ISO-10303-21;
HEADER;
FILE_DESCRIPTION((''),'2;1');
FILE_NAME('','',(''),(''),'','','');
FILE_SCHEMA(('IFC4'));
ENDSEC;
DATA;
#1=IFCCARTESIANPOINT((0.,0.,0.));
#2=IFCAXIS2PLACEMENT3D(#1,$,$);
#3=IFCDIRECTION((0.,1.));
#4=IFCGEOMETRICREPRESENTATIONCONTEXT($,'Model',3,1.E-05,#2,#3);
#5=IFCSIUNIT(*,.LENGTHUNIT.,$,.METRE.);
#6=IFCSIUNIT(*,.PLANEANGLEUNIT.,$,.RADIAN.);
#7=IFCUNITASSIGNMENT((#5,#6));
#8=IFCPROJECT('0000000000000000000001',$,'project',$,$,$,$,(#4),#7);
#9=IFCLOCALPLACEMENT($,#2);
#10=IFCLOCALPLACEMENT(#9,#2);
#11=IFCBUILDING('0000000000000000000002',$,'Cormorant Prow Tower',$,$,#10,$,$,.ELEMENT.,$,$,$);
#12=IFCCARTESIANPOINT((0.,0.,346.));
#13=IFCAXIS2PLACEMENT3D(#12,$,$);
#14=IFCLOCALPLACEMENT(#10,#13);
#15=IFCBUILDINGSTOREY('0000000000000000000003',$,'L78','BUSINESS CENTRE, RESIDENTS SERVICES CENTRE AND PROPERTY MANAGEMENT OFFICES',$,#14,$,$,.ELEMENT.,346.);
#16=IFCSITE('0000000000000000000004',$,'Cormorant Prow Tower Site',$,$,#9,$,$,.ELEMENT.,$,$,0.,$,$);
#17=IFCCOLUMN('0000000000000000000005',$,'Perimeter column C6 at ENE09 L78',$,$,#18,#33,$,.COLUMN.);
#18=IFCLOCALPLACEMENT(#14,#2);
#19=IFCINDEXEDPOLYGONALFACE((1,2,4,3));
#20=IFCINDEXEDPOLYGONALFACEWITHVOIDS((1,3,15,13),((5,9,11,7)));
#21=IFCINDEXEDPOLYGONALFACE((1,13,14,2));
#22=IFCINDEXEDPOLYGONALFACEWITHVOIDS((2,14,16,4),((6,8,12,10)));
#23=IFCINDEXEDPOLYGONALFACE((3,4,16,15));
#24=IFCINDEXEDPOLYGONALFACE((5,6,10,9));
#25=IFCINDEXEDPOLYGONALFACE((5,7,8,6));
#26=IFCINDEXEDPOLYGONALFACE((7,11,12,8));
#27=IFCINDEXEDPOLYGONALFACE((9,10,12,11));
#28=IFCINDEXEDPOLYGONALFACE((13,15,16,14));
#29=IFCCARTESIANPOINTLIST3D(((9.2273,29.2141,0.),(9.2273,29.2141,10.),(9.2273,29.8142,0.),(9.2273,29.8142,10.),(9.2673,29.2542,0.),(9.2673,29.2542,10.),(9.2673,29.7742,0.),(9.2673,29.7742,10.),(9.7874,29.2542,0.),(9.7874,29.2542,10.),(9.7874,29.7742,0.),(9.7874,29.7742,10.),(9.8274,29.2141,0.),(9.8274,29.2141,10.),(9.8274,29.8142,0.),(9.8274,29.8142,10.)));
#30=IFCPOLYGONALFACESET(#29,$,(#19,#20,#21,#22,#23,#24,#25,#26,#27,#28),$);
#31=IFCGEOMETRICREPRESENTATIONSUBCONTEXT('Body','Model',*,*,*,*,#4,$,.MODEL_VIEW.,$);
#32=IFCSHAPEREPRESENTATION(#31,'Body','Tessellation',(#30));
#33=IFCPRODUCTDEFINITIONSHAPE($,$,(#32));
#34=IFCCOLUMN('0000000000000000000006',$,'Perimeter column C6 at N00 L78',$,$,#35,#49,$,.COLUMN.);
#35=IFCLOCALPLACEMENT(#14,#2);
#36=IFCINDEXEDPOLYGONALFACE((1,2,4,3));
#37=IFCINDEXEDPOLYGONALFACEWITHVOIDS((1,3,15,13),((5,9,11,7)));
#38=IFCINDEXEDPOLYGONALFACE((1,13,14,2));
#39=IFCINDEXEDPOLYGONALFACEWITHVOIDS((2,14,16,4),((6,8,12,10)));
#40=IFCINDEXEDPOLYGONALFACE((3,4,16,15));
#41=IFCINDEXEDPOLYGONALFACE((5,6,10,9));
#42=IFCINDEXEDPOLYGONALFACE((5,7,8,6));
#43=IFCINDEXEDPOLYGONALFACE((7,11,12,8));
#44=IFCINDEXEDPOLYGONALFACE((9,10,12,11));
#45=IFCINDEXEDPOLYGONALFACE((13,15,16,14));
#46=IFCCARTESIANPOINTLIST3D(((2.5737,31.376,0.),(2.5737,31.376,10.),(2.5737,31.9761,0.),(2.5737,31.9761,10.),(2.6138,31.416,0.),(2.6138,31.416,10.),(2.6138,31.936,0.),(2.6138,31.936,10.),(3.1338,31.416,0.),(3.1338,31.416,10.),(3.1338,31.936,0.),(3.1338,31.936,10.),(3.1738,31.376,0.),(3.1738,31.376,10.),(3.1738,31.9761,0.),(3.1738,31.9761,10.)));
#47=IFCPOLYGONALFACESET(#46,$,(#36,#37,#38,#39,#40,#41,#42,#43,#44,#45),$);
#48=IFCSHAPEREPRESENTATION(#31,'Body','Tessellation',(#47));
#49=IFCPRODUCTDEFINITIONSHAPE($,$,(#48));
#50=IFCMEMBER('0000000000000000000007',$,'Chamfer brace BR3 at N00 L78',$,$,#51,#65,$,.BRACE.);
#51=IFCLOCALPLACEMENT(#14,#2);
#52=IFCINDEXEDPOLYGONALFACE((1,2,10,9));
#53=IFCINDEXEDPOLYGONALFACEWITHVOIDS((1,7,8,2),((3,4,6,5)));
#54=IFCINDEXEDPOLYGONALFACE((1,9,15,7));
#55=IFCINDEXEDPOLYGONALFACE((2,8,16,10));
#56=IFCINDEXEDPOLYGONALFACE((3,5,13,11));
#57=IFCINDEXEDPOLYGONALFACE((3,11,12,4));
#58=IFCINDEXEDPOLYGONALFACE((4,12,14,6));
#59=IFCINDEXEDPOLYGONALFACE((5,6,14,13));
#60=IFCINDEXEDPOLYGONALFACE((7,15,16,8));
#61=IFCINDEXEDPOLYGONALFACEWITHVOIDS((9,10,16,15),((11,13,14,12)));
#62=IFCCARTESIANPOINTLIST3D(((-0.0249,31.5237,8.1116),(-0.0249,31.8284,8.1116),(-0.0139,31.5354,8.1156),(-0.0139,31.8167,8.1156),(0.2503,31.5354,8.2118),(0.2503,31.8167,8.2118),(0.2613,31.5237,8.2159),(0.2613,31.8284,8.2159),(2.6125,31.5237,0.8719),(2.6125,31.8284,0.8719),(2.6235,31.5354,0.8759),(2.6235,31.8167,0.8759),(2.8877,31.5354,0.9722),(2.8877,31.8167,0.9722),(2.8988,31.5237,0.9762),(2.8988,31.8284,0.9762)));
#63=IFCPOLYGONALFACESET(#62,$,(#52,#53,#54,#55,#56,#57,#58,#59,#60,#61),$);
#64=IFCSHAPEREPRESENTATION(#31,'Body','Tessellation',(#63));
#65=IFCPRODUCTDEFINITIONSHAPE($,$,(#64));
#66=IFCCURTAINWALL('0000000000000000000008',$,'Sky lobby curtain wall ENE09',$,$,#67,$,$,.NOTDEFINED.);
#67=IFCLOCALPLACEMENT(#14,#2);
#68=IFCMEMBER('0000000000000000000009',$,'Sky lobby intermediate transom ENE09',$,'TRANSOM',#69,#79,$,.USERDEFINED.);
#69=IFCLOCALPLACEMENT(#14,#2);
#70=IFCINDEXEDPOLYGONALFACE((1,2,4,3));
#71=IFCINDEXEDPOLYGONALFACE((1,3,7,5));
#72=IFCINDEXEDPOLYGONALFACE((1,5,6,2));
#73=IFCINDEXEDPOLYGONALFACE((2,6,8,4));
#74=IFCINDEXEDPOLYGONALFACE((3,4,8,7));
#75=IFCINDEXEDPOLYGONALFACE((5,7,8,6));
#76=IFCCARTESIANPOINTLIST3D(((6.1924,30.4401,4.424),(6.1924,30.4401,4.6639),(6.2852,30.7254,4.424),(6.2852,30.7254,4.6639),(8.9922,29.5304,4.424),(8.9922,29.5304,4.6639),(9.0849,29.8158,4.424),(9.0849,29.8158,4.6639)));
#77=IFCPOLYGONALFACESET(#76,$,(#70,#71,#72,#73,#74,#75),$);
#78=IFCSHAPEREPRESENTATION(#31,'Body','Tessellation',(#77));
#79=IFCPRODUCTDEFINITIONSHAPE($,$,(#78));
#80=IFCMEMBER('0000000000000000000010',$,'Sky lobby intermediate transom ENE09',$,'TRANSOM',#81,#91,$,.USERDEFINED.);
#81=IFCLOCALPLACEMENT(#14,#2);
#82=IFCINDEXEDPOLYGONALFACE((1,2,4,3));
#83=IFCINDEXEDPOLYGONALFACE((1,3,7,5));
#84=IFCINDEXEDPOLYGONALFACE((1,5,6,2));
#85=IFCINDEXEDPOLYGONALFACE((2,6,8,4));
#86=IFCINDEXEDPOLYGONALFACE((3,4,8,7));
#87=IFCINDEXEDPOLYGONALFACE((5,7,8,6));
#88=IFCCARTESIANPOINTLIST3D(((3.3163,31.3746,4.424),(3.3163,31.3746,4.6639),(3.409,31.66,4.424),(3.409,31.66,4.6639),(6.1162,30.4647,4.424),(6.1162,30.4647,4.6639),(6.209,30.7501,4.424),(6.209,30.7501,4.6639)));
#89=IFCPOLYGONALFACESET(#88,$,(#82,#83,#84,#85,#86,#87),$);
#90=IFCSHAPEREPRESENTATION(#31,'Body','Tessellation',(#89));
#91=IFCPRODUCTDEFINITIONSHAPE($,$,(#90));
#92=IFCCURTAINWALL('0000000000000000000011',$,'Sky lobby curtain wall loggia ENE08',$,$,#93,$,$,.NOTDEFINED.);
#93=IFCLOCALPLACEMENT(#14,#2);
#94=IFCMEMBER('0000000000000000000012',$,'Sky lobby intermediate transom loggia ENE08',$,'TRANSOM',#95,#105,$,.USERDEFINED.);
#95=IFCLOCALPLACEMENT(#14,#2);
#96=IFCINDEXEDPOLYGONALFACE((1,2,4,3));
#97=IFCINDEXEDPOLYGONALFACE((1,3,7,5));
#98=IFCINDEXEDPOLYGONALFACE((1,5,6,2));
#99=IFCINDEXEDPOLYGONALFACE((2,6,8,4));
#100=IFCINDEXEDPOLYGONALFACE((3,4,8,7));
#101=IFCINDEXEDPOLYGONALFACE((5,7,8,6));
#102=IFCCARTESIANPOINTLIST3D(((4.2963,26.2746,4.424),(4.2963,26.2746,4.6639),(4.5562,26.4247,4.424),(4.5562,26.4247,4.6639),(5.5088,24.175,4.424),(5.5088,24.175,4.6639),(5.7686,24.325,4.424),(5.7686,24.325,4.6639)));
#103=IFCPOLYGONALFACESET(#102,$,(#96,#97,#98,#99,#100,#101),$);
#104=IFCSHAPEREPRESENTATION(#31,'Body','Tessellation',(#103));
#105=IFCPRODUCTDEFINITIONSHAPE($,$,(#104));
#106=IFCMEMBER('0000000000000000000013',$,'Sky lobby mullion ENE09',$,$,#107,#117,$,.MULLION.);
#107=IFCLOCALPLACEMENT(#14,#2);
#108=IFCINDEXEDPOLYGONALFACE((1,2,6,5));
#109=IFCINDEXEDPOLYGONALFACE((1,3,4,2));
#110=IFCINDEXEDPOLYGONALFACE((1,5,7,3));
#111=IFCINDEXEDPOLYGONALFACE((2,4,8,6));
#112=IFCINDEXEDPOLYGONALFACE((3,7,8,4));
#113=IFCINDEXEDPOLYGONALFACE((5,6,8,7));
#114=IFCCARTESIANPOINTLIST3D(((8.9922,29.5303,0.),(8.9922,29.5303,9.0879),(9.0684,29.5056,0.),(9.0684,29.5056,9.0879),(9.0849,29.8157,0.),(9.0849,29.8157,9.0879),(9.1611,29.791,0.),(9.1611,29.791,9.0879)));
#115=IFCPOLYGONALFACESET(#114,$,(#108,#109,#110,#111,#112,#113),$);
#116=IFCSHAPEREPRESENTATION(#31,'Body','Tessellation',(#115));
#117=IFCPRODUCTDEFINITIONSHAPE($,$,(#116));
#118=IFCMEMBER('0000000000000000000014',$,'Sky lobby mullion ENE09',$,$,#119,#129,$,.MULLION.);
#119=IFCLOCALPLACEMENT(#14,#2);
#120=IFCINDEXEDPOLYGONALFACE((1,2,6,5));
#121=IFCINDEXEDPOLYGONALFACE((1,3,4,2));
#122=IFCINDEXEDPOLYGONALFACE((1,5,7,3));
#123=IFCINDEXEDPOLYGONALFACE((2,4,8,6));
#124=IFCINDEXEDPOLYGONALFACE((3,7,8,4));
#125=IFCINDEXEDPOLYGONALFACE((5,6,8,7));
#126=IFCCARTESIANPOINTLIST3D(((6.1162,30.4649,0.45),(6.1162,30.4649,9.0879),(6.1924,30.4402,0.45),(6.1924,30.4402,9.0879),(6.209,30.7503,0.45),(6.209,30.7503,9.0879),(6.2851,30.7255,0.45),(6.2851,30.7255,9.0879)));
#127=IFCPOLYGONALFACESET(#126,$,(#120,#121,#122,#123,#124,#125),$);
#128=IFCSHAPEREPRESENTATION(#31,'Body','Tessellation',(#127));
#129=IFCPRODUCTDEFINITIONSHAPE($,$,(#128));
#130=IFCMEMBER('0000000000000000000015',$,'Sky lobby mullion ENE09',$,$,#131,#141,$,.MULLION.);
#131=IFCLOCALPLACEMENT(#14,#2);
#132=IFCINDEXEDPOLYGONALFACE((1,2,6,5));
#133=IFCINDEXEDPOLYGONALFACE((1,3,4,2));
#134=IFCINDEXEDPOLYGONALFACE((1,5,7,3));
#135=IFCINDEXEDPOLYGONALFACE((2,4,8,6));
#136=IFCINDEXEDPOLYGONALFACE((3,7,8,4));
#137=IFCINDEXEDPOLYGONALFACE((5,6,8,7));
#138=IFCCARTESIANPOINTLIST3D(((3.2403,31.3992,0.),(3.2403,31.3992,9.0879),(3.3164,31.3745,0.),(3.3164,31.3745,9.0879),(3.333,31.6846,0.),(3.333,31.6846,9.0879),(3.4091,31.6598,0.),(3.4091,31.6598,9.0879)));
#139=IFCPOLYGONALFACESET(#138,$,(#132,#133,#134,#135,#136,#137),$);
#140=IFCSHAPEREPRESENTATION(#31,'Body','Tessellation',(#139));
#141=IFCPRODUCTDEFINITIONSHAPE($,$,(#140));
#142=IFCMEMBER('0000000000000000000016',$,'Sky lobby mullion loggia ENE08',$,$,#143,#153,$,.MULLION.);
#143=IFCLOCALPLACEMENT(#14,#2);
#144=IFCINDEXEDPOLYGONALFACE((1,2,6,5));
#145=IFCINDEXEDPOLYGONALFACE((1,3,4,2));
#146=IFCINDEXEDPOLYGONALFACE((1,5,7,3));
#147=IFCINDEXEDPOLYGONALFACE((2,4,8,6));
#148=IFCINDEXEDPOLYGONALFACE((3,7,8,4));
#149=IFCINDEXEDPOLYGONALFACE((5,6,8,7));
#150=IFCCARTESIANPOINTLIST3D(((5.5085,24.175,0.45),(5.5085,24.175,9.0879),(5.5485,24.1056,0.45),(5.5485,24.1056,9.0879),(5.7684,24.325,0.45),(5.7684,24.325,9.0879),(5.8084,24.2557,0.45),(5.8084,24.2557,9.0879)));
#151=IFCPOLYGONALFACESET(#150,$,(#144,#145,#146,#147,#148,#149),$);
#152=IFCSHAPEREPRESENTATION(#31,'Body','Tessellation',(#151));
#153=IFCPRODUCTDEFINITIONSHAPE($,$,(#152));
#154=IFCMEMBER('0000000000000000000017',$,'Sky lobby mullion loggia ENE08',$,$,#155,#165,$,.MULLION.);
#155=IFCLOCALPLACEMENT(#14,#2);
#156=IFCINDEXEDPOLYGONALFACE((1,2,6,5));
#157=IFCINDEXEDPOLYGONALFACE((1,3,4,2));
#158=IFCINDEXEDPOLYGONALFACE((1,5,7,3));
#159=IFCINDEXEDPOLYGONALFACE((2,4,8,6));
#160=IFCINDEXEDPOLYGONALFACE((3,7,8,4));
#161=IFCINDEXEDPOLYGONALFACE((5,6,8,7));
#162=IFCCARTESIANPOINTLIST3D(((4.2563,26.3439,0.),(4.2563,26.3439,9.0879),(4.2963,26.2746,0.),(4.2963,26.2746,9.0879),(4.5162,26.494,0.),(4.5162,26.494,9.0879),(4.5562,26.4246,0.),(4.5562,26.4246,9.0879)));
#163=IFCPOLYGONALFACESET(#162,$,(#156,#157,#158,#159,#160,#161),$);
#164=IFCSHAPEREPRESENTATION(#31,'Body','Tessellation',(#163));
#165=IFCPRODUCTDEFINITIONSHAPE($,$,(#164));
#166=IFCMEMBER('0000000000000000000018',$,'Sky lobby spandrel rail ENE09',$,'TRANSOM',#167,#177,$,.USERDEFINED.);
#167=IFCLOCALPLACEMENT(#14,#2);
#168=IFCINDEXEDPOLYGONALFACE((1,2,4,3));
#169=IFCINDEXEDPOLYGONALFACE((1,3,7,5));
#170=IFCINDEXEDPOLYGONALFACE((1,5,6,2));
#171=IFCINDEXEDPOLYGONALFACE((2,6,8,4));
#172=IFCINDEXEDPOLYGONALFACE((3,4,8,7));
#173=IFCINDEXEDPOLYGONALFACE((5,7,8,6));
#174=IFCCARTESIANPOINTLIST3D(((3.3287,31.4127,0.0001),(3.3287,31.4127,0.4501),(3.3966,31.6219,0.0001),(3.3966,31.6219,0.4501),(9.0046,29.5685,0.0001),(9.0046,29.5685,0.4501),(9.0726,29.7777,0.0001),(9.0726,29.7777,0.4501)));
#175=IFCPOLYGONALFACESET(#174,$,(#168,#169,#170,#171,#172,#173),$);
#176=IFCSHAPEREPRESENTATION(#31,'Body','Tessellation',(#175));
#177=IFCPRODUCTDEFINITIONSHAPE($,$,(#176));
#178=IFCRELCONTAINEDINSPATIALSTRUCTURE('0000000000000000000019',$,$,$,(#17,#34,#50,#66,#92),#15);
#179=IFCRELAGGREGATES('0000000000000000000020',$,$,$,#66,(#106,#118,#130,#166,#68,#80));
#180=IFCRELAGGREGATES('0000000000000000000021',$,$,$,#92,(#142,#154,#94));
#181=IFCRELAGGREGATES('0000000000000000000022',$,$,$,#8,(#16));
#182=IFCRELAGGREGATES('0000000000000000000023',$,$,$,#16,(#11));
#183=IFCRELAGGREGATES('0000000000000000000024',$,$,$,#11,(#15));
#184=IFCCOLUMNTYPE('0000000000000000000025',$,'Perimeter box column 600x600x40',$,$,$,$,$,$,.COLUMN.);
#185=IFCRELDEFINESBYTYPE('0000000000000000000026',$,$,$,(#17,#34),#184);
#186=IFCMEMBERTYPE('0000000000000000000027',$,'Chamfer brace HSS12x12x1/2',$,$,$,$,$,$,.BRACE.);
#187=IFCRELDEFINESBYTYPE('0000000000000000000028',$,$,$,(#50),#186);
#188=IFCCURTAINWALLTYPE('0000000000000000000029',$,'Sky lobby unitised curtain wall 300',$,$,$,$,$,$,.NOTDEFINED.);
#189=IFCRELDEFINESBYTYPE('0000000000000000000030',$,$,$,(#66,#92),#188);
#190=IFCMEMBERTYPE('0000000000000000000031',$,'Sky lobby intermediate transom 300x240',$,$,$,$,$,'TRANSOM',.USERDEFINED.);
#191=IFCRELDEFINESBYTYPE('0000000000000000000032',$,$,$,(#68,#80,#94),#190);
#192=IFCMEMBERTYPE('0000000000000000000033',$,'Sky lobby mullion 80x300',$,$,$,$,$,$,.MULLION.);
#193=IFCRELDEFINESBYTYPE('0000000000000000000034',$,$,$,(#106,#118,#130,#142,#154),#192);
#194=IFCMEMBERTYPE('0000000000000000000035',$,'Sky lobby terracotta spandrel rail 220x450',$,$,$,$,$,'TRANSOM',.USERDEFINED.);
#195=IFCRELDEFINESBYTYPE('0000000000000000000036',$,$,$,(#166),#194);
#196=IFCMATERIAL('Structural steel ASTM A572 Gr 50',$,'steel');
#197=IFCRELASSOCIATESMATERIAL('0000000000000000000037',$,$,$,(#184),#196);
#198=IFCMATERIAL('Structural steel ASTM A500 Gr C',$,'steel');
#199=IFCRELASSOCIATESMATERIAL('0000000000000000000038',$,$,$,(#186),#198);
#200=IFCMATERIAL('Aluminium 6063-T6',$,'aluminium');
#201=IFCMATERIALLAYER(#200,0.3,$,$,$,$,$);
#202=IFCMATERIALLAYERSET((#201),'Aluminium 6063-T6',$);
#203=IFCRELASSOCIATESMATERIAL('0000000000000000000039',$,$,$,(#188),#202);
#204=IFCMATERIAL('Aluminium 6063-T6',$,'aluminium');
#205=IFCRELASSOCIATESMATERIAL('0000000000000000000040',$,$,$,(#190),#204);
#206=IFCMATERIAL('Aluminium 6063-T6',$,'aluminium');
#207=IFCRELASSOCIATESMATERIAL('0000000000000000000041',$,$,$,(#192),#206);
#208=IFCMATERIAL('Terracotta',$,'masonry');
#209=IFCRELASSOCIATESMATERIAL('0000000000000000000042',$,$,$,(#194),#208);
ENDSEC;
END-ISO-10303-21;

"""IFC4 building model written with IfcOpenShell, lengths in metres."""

from ifc_helpers import new_model, si_unit, direction, frame, origin, origin_2d, place, context, subcontext, project, spatial, rectangle, hollow_rectangle, extrude, material, layer, layer_set, material_profile, profile_set, type_object, element, aggregate, save


model = new_model("IFC4")

# Units and contexts
model_context = context("Model", 3, precision=1e-05, world=origin(), true_north=direction((0.0, 1.0)))
body_context = subcontext(model_context, "Body", "Model", "MODEL_VIEW")
ifc_project = project(units=[si_unit("LENGTHUNIT", "METRE"), si_unit("PLANEANGLEUNIT", "RADIAN")], contexts=[model_context])

# Site, building, storey
site_placement = place(None, origin())
site = spatial("IfcSite", under=ifc_project, at=site_placement, Name="Cormorant Prow Tower Site", CompositionType="ELEMENT", RefElevation=0.0)
building_placement = place(site_placement, origin())
building = spatial("IfcBuilding", under=site, at=building_placement, Name="Cormorant Prow Tower", CompositionType="ELEMENT")
storey_placement = place(building_placement, frame((0.0, 0.0, 346.0)))
storey = spatial("IfcBuildingStorey", under=building, at=storey_placement, Name="L78", Description="BUSINESS CENTRE, RESIDENTS SERVICES CENTRE AND PROPERTY MANAGEMENT OFFICES", CompositionType="ELEMENT", Elevation=346.0)

# Columns
ifc_material_1 = material(Name="Structural steel ASTM A572 Gr 50", Category="steel")
ifc_material_profile_1 = material_profile(ifc_material_1, hollow_rectangle(XDim=0.6001, YDim=0.6001, WallThickness=0.04, at=origin_2d()), Name="Box 600x600x40")
ifc_profile_set_1 = profile_set([ifc_material_profile_1], Name="Structural steel ASTM A572 Gr 50")
column_type = type_object("IfcColumnType", Name="Perimeter box column 600x600x40", PredefinedType="COLUMN", material=ifc_profile_set_1)
for number, where, z_axis, x_axis, name in (
    (1, (9.5273, 29.5142, 0.0), (0.0, 0.0, 1.0), (1.0, 0.0, 0.0), "Perimeter column C6 at ENE09 L78"),
    (2, (2.8738, 31.676, 0.0), (0.0, 0.0, 1.0), (1.0, 0.0, 0.0), "Perimeter column C6 at N00 L78"),
):
    element("IfcColumn", number, at=place(storey_placement, frame(where, z_axis=z_axis, x_axis=x_axis)), inside=storey, type_object=column_type, Name=name, PredefinedType="COLUMN", context=body_context, shape_type="SweptSolid", body=[
        extrude(hollow_rectangle(XDim=0.6001, YDim=0.6001, WallThickness=0.04, at=origin_2d()), origin(), (0.0, 0.0, 1.0), 10.0),
    ])

# Member
ifc_material_2 = material(Name="Structural steel ASTM A500 Gr C", Category="steel")
ifc_material_profile_2 = material_profile(ifc_material_2, hollow_rectangle(XDim=0.3047, YDim=0.3047, WallThickness=0.0117, at=origin_2d()), Name="HSS12x12x1/2")
ifc_profile_set_2 = profile_set([ifc_material_profile_2], Name="Structural steel ASTM A500 Gr C")
member_type_1 = type_object("IfcMemberType", Name="Chamfer brace HSS12x12x1/2", PredefinedType="BRACE", material=ifc_profile_set_2)
member_1_placement = place(storey_placement, frame((2.7556, 31.676, 0.9241), z_axis=(-0.342295, 0.0, 0.939593), x_axis=(0.0, -1.0, 0.0)))
element("IfcMember", 3, at=member_1_placement, inside=storey, type_object=member_type_1, Name="Chamfer brace BR3 at N00 L78", PredefinedType="BRACE", context=body_context, shape_type="SweptSolid", body=[
    extrude(hollow_rectangle(XDim=0.3047, YDim=0.3047, WallThickness=0.0117, at=origin_2d()), origin(), (0.0, 0.0, 1.0), 7.7051),
])

# Curtain wall, members
ifc_material_3 = material(Name="Aluminium 6063-T6", Category="aluminium")
ifc_layer_1 = layer(ifc_material_3, 0.3)
ifc_layer_set_1 = layer_set([ifc_layer_1], Name="Aluminium 6063-T6")
curtain_wall_type = type_object("IfcCurtainWallType", Name="Sky lobby unitised curtain wall 300", PredefinedType="NOTDEFINED", material=ifc_layer_set_1)
curtain_wall_1_placement = place(storey_placement, origin())
curtain_wall_1 = element("IfcCurtainWall", 4, at=curtain_wall_1_placement, inside=storey, type_object=curtain_wall_type, Name="Sky lobby curtain wall ENE09", PredefinedType="NOTDEFINED")
ifc_material_4 = material(Name="Aluminium 6063-T6", Category="aluminium")
ifc_material_profile_3 = material_profile(ifc_material_4, rectangle(XDim=0.3, YDim=0.24, at=origin_2d()), Name="Sky lobby intermediate transom 300x240")
ifc_profile_set_3 = profile_set([ifc_material_profile_3], Name="Aluminium 6063-T6")
member_type_2 = type_object("IfcMemberType", Name="Sky lobby intermediate transom 300x240", ElementType="TRANSOM", PredefinedType="USERDEFINED", material=ifc_profile_set_3)
member_2_placement = place(storey_placement, frame((9.0386, 29.6731, 4.5439), z_axis=(-0.951061, 0.309004, 0.0), x_axis=(-0.309004, -0.951061, 0.0)))
member_2 = element("IfcMember", 5, at=member_2_placement, type_object=member_type_2, Name="Sky lobby intermediate transom ENE09", ObjectType="TRANSOM", PredefinedType="USERDEFINED", context=body_context, shape_type="SweptSolid", body=[
    extrude(rectangle(XDim=0.3, YDim=0.24, at=origin_2d()), origin(), (0.0, 0.0, 1.0), 2.9438),
])
member_3_placement = place(storey_placement, frame((6.1626, 30.6074, 4.5439), z_axis=(-0.951044, 0.309054, 0.0), x_axis=(-0.309054, -0.951044, 0.0)))
member_3 = element("IfcMember", 6, at=member_3_placement, type_object=member_type_2, Name="Sky lobby intermediate transom ENE09", ObjectType="TRANSOM", PredefinedType="USERDEFINED", context=body_context, shape_type="SweptSolid", body=[
    extrude(rectangle(XDim=0.3, YDim=0.24, at=origin_2d()), origin(), (0.0, 0.0, 1.0), 2.9441),
])

# Curtain wall, member
curtain_wall_2_placement = place(storey_placement, origin())
curtain_wall_2 = element("IfcCurtainWall", 7, at=curtain_wall_2_placement, inside=storey, type_object=curtain_wall_type, Name="Sky lobby curtain wall loggia ENE08", PredefinedType="NOTDEFINED")
member_4_placement = place(storey_placement, frame((5.6387, 24.25, 4.5439), z_axis=(-0.500059, 0.865991, 0.0), x_axis=(-0.865991, -0.500059, 0.0)))
member_4 = element("IfcMember", 8, at=member_4_placement, type_object=member_type_2, Name="Sky lobby intermediate transom loggia ENE08", ObjectType="TRANSOM", PredefinedType="USERDEFINED", context=body_context, shape_type="SweptSolid", body=[
    extrude(rectangle(XDim=0.3, YDim=0.24, at=origin_2d()), origin(), (0.0, 0.0, 1.0), 2.4246),
])

# Members
ifc_material_5 = material(Name="Aluminium 6063-T6", Category="aluminium")
ifc_material_profile_4 = material_profile(ifc_material_5, rectangle(XDim=0.3, YDim=0.0801, at=origin_2d()), Name="Sky lobby mullion 80x300")
ifc_profile_set_4 = profile_set([ifc_material_profile_4], Name="Aluminium 6063-T6")
member_type_3 = type_object("IfcMemberType", Name="Sky lobby mullion 80x300", PredefinedType="MULLION", material=ifc_profile_set_4)
member_5_placement = place(storey_placement, frame((9.0767, 29.6606, 0.0), z_axis=(0.0, 0.0, 1.0), x_axis=(-0.309017, -0.951057, 0.0)))
member_5 = element("IfcMember", 9, at=member_5_placement, type_object=member_type_3, Name="Sky lobby mullion ENE09", PredefinedType="MULLION", context=body_context, shape_type="SweptSolid", body=[
    extrude(rectangle(XDim=0.3, YDim=0.0801, at=origin_2d()), origin(), (0.0, 0.0, 1.0), 9.0879),
])
member_6_placement = place(storey_placement, frame((6.2007, 30.5952, 0.45), z_axis=(0.0, 0.0, 1.0), x_axis=(-0.309017, -0.951057, 0.0)))
member_6 = element("IfcMember", 10, at=member_6_placement, type_object=member_type_3, Name="Sky lobby mullion ENE09", PredefinedType="MULLION", context=body_context, shape_type="SweptSolid", body=[
    extrude(rectangle(XDim=0.3, YDim=0.0801, at=origin_2d()), origin(), (0.0, 0.0, 1.0), 8.6379),
])
member_7_placement = place(storey_placement, frame((3.3247, 31.5295, 0.0), z_axis=(0.0, 0.0, 1.0), x_axis=(-0.309017, -0.951057, 0.0)))
member_7 = element("IfcMember", 11, at=member_7_placement, type_object=member_type_3, Name="Sky lobby mullion ENE09", PredefinedType="MULLION", context=body_context, shape_type="SweptSolid", body=[
    extrude(rectangle(XDim=0.3, YDim=0.0801, at=origin_2d()), origin(), (0.0, 0.0, 1.0), 9.0879),
])
member_8_placement = place(storey_placement, frame((5.6584, 24.2153, 0.45), z_axis=(0.0, 0.0, 1.0), x_axis=(-0.866025, -0.5, 0.0)))
member_8 = element("IfcMember", 12, at=member_8_placement, type_object=member_type_3, Name="Sky lobby mullion loggia ENE08", PredefinedType="MULLION", context=body_context, shape_type="SweptSolid", body=[
    extrude(rectangle(XDim=0.3, YDim=0.0801, at=origin_2d()), origin(), (0.0, 0.0, 1.0), 8.6379),
])
member_9_placement = place(storey_placement, frame((4.4062, 26.3843, 0.0), z_axis=(0.0, 0.0, 1.0), x_axis=(-0.866025, -0.5, 0.0)))
member_9 = element("IfcMember", 13, at=member_9_placement, type_object=member_type_3, Name="Sky lobby mullion loggia ENE08", PredefinedType="MULLION", context=body_context, shape_type="SweptSolid", body=[
    extrude(rectangle(XDim=0.3, YDim=0.0801, at=origin_2d()), origin(), (0.0, 0.0, 1.0), 9.0879),
])
ifc_material_6 = material(Name="Terracotta", Category="masonry")
ifc_material_profile_5 = material_profile(ifc_material_6, rectangle(XDim=0.22, YDim=0.45, at=origin_2d()), Name="Sky lobby terracotta spandrel rail 220x450")
ifc_profile_set_5 = profile_set([ifc_material_profile_5], Name="Terracotta")
member_type_4 = type_object("IfcMemberType", Name="Sky lobby terracotta spandrel rail 220x450", ElementType="TRANSOM", PredefinedType="USERDEFINED", material=ifc_profile_set_5)
member_10_placement = place(storey_placement, frame((9.0386, 29.6731, 0.2251), z_axis=(-0.951057, 0.309015, 0.0), x_axis=(-0.309015, -0.951057, 0.0)))
member_10 = element("IfcMember", 14, at=member_10_placement, type_object=member_type_4, Name="Sky lobby spandrel rail ENE09", ObjectType="TRANSOM", PredefinedType="USERDEFINED", context=body_context, shape_type="SweptSolid", body=[
    extrude(rectangle(XDim=0.22, YDim=0.45, at=origin_2d()), origin(), (0.0, 0.0, 1.0), 5.968),
])

aggregate(curtain_wall_1, [member_5, member_6, member_7, member_10, member_2, member_3])
aggregate(curtain_wall_2, [member_8, member_9, member_4])

save(model, "model.ifc")
